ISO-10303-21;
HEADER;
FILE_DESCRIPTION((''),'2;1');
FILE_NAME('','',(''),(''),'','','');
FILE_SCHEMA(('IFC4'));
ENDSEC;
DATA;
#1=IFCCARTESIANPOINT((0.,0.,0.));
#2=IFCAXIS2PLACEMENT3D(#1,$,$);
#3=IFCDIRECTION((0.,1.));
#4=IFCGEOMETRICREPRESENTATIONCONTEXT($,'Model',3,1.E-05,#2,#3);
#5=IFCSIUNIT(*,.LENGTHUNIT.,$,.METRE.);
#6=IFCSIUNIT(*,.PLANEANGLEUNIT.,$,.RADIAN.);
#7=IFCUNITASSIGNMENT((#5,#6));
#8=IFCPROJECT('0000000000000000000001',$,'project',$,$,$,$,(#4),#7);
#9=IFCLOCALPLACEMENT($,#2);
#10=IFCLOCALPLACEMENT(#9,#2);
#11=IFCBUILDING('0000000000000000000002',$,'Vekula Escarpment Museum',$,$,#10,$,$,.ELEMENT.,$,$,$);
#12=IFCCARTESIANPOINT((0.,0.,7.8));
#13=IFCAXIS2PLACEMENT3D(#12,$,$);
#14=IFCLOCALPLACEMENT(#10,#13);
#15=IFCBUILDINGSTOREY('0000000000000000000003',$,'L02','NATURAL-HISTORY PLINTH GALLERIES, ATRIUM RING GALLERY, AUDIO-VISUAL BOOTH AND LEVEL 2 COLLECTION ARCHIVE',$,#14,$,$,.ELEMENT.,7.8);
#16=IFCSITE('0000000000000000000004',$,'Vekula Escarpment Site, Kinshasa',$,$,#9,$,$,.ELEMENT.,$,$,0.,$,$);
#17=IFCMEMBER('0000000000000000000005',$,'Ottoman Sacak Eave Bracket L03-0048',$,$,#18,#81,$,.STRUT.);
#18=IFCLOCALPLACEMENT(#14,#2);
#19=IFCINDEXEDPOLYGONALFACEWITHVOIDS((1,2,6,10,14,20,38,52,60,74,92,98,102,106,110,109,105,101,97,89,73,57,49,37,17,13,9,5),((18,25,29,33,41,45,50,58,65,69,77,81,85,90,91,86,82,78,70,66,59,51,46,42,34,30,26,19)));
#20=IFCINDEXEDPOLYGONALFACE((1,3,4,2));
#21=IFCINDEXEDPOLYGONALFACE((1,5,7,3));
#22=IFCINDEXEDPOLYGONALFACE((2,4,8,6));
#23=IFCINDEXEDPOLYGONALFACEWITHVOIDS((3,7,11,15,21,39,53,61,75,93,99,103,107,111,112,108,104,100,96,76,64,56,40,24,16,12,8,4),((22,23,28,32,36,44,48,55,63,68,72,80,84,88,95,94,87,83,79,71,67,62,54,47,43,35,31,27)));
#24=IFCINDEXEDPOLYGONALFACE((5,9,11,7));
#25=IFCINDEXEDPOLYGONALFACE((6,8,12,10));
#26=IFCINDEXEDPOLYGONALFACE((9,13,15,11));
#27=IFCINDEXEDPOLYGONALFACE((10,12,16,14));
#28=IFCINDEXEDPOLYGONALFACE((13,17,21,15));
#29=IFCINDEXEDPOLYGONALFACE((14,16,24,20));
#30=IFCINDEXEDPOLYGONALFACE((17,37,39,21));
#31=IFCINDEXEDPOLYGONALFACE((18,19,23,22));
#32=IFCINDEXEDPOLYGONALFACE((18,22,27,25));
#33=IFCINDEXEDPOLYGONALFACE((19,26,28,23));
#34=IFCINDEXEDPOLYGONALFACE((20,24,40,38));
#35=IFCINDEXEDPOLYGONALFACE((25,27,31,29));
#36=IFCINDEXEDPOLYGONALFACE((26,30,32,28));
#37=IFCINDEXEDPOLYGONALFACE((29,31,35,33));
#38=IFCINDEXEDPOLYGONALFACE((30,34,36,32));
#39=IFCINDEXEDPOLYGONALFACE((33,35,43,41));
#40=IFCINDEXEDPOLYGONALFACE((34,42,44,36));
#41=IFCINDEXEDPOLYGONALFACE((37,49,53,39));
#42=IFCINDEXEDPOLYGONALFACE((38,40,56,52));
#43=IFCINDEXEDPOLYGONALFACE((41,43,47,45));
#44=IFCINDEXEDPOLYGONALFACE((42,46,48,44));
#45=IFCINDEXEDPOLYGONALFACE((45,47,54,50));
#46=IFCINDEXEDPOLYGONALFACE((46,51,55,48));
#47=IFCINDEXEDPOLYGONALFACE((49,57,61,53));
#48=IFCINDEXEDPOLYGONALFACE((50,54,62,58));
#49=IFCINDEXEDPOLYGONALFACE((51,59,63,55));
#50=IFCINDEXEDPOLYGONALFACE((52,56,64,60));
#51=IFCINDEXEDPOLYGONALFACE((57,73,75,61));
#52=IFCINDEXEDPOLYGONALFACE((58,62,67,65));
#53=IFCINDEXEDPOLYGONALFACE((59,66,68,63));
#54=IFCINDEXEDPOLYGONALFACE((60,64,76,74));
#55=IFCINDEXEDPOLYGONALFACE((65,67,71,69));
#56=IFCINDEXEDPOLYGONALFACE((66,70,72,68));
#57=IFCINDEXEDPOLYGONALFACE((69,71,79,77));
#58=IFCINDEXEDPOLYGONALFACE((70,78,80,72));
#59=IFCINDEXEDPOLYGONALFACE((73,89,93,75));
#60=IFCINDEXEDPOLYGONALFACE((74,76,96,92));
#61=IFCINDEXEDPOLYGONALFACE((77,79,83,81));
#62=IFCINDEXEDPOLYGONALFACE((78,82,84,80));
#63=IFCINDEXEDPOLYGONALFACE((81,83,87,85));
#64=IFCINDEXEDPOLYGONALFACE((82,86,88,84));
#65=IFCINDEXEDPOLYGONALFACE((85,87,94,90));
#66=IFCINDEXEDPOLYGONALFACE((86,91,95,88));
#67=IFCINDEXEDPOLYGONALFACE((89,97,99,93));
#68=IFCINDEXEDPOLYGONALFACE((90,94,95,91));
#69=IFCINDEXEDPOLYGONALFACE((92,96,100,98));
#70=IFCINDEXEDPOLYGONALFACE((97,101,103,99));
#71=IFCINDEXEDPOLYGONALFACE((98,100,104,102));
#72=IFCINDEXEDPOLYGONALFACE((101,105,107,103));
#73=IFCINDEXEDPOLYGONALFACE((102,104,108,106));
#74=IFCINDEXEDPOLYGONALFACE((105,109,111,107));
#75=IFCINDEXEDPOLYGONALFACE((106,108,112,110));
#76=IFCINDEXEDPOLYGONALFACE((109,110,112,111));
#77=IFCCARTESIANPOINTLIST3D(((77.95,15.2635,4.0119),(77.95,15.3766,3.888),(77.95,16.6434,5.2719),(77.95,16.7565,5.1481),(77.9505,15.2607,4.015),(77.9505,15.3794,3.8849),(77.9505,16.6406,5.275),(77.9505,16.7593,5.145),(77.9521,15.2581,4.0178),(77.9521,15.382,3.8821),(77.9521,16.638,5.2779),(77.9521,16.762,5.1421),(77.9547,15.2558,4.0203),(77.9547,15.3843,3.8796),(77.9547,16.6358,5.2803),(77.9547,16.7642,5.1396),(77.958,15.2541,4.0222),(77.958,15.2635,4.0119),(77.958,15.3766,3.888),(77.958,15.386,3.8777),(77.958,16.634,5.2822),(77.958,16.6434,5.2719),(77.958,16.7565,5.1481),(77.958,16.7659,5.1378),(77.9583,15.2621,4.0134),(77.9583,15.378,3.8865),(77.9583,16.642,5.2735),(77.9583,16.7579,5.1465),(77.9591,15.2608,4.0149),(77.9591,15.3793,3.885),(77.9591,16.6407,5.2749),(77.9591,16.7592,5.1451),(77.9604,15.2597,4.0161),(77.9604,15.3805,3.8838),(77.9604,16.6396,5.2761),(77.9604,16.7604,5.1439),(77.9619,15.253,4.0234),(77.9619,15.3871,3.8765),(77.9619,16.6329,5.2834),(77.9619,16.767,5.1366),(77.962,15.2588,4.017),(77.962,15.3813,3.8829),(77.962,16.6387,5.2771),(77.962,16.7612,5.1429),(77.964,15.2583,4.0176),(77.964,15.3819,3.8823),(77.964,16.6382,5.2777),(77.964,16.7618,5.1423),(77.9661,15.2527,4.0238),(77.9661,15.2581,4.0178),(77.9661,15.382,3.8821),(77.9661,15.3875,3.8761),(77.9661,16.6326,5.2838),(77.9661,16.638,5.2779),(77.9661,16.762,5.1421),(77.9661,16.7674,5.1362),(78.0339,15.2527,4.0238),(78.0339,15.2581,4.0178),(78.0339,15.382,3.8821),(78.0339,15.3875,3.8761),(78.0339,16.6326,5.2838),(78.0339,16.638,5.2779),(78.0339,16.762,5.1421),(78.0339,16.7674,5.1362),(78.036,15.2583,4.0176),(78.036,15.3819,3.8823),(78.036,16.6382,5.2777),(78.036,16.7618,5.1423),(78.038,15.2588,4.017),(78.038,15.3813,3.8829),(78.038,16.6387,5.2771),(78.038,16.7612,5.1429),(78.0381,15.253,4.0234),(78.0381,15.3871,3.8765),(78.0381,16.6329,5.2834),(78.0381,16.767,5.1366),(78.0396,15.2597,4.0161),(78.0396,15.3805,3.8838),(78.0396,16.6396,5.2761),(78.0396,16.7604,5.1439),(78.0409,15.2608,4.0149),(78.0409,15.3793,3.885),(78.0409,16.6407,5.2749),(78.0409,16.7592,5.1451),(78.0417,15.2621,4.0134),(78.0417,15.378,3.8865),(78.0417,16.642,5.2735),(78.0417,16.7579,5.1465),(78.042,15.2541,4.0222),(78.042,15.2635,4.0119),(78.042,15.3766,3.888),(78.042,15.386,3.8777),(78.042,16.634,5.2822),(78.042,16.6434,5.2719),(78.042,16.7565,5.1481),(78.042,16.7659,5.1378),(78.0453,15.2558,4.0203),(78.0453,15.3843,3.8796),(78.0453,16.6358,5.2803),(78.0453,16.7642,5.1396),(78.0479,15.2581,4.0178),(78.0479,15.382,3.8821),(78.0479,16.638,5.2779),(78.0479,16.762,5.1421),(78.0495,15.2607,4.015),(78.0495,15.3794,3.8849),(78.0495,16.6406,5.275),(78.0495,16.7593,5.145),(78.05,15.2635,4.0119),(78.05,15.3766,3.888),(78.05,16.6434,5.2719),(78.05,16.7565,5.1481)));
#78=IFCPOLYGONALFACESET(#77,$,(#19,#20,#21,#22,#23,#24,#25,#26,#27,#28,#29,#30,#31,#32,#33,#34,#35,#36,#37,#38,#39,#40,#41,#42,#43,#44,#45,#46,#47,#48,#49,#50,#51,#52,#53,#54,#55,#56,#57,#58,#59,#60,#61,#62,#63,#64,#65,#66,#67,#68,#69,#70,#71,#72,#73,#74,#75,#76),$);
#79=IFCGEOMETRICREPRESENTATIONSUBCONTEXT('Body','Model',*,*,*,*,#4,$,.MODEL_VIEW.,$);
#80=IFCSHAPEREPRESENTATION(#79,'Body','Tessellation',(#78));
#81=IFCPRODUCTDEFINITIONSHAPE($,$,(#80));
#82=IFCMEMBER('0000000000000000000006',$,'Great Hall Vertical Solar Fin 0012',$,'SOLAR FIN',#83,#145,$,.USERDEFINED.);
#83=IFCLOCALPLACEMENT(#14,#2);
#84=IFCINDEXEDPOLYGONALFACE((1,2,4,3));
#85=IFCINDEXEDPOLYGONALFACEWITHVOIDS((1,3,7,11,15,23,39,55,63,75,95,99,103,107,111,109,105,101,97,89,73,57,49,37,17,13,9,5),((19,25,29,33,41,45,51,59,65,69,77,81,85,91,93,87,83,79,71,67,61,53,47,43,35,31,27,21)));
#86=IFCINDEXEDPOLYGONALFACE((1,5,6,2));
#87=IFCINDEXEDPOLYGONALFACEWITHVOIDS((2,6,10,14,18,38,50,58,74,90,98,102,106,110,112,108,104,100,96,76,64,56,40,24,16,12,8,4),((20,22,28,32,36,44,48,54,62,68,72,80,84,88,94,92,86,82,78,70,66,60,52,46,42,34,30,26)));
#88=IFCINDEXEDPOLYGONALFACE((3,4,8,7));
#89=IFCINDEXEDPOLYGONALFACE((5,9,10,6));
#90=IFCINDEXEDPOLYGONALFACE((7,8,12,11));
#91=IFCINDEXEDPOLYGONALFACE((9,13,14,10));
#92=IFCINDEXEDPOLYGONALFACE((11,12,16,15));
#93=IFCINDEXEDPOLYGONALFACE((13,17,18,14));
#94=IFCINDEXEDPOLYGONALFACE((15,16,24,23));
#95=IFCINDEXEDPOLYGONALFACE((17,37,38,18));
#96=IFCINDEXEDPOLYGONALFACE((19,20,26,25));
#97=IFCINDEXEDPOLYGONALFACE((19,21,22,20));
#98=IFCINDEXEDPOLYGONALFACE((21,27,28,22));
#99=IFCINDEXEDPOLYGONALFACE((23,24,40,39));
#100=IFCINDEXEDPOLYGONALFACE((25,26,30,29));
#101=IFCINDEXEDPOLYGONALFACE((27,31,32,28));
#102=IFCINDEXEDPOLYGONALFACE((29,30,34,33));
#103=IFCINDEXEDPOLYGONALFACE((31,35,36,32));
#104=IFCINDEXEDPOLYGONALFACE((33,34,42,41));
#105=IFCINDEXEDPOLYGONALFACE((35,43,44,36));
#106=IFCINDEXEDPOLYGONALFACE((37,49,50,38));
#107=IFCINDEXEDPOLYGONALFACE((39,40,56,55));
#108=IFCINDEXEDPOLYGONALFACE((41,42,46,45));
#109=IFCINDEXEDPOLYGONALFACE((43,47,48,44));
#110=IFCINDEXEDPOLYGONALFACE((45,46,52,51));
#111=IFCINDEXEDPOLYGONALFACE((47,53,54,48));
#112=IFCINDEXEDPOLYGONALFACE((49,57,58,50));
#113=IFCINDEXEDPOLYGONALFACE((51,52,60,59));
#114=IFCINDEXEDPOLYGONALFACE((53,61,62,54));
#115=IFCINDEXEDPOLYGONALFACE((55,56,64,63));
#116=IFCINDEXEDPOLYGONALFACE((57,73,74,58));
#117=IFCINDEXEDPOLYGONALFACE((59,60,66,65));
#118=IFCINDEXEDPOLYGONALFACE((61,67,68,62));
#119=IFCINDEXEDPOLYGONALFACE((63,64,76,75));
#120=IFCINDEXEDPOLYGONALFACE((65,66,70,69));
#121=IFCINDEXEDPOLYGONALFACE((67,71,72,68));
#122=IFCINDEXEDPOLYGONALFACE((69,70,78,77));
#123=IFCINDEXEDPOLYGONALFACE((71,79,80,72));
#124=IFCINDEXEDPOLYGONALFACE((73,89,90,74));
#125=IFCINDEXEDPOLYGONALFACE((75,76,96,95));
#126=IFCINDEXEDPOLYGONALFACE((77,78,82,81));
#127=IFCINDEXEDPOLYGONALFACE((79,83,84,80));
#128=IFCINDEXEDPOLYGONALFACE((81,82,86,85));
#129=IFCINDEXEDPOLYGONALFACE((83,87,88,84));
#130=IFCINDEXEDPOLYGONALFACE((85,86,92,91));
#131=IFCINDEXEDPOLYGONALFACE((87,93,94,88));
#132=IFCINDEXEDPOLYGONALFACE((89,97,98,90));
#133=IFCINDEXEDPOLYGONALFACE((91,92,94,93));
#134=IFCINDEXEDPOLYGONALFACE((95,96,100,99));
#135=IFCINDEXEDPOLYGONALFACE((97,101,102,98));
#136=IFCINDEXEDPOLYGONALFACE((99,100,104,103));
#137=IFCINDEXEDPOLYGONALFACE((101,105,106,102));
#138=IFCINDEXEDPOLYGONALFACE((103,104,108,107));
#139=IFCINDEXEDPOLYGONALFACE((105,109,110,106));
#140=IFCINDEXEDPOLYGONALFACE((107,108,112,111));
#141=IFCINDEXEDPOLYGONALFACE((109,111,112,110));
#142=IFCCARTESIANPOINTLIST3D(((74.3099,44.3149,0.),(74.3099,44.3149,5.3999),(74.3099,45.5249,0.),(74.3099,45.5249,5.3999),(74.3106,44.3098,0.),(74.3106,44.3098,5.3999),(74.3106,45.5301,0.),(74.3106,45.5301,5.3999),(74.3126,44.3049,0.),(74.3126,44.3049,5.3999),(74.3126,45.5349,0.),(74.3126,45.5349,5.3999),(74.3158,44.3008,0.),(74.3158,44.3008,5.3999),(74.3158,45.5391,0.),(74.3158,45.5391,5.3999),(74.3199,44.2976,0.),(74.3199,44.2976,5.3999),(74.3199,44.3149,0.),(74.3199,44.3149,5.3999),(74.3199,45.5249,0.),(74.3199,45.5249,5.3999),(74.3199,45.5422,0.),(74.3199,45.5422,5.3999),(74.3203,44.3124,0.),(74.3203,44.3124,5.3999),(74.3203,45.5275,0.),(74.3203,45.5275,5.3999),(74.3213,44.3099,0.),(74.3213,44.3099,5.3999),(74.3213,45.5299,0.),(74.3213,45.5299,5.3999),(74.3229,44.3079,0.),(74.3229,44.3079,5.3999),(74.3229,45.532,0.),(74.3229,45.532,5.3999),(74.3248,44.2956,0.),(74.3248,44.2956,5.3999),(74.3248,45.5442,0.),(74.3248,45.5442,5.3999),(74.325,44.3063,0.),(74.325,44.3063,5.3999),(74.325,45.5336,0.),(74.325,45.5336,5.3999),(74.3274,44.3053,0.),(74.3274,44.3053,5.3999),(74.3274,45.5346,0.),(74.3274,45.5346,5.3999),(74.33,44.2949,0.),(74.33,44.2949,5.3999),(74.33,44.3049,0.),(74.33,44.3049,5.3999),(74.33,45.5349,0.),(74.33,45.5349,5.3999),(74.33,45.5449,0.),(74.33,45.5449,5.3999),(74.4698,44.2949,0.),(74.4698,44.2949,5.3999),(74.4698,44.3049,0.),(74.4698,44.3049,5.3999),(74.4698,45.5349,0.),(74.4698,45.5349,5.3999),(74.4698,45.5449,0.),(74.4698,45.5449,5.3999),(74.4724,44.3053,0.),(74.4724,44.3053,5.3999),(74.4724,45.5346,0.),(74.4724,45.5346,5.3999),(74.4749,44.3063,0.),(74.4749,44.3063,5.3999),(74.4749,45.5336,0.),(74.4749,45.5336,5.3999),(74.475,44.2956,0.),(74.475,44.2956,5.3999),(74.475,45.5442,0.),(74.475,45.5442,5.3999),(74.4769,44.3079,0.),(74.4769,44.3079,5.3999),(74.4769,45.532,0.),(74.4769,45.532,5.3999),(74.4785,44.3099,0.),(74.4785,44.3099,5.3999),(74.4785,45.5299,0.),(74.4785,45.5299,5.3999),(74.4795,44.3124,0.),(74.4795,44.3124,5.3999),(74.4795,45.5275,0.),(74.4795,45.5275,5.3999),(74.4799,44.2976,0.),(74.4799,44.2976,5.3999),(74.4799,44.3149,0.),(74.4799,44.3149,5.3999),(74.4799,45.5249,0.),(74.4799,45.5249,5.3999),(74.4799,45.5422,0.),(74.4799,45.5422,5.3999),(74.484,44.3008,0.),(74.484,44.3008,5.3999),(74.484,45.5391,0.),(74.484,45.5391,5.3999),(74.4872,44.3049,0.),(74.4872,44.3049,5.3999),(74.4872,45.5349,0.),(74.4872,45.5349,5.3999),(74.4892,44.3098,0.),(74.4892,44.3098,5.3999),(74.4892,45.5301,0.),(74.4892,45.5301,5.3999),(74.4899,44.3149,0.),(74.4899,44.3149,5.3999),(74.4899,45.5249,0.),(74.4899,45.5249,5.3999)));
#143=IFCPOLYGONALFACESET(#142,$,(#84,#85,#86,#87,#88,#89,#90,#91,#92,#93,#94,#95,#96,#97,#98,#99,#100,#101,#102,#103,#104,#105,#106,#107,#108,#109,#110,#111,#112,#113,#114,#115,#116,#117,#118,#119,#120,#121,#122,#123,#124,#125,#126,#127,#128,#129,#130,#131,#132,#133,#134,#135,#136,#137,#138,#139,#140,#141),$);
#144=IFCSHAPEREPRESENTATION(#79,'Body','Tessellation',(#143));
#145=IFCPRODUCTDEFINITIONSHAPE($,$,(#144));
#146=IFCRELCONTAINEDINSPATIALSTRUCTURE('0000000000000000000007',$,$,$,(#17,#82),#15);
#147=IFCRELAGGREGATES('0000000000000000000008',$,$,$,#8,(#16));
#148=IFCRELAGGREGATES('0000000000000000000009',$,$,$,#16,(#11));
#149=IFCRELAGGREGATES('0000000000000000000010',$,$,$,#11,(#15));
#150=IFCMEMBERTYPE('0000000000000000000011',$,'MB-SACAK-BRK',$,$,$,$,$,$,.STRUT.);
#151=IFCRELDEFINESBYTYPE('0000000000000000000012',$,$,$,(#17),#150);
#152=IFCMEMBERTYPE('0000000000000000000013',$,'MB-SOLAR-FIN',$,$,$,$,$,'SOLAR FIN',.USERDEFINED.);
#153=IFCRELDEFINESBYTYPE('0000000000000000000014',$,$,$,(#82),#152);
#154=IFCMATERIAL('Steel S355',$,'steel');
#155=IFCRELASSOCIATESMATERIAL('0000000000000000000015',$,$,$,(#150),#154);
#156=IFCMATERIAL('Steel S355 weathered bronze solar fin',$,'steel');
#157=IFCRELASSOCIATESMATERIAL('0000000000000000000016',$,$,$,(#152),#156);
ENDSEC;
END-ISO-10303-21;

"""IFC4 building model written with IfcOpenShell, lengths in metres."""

from ifc_helpers import new_model, si_unit, direction, frame, origin, origin_2d, place, context, subcontext, project, spatial, hollow_rectangle, extrude, material, material_profile, profile_set, type_object, element, save


model = new_model("IFC4")

# Units and contexts
model_context = context("Model", 3, precision=1e-05, world=origin(), true_north=direction((0.0, 1.0)))
body_context = subcontext(model_context, "Body", "Model", "MODEL_VIEW")
ifc_project = project(units=[si_unit("LENGTHUNIT", "METRE"), si_unit("PLANEANGLEUNIT", "RADIAN")], contexts=[model_context])

# Site, building, storey
site_placement = place(None, origin())
site = spatial("IfcSite", under=ifc_project, at=site_placement, Name="Vekula Escarpment Site, Kinshasa", CompositionType="ELEMENT", RefElevation=0.0)
building_placement = place(site_placement, origin())
building = spatial("IfcBuilding", under=site, at=building_placement, Name="Vekula Escarpment Museum", CompositionType="ELEMENT")
storey_placement = place(building_placement, frame((0.0, 0.0, 7.8)))
storey = spatial("IfcBuildingStorey", under=building, at=storey_placement, Name="L02", Description="NATURAL-HISTORY PLINTH GALLERIES, ATRIUM RING GALLERY, AUDIO-VISUAL BOOTH AND LEVEL 2 COLLECTION ARCHIVE", CompositionType="ELEMENT", Elevation=7.8)

# Members
ifc_material_1 = material(Name="Steel S355", Category="steel")
ifc_material_profile_1 = material_profile(ifc_material_1, hollow_rectangle(XDim=0.1001, YDim=0.2, WallThickness=0.0081, InnerFilletRadius=0.0081, OuterFilletRadius=0.0161, at=origin_2d()), Name="RHS 200x100x8")
ifc_profile_set_1 = profile_set([ifc_material_profile_1], Name="Steel S355")
member_type_1 = type_object("IfcMemberType", Name="MB-SACAK-BRK", PredefinedType="STRUT", material=ifc_profile_set_1)
member_1_placement = place(storey_placement, frame((78.0, 15.3201, 3.95), z_axis=(0.0, 0.738454, 0.674303), x_axis=(-1.0, 0.0, 0.0)))
element("IfcMember", 1, at=member_1_placement, inside=storey, type_object=member_type_1, Name="Ottoman Sacak Eave Bracket L03-0048", PredefinedType="STRUT", context=body_context, shape_type="SweptSolid", body=[
    extrude(hollow_rectangle(XDim=0.1001, YDim=0.2, WallThickness=0.0081, InnerFilletRadius=0.0081, OuterFilletRadius=0.0161, at=origin_2d()), origin(), (0.0, 0.0, 1.0), 1.8687),
])
ifc_material_2 = material(Name="Steel S355 weathered bronze solar fin", Category="steel")
ifc_material_profile_2 = material_profile(ifc_material_2, hollow_rectangle(XDim=0.1799, YDim=1.25, WallThickness=0.01, InnerFilletRadius=0.01, OuterFilletRadius=0.02, at=origin_2d()), Name="RHS 1250x180x10")
ifc_profile_set_2 = profile_set([ifc_material_profile_2], Name="Steel S355 weathered bronze solar fin")
member_type_2 = type_object("IfcMemberType", Name="MB-SOLAR-FIN", ElementType="SOLAR FIN", PredefinedType="USERDEFINED", material=ifc_profile_set_2)
for number, where, z_axis, x_axis, name in (
    (2, (74.3999, 44.9199, 0.0), (0.0, 0.0, 1.0), (1.0, 0.0, 0.0), "Great Hall Vertical Solar Fin 0012"),
):
    element("IfcMember", number, at=place(storey_placement, frame(where, z_axis=z_axis, x_axis=x_axis)), inside=storey, type_object=member_type_2, Name=name, ObjectType="SOLAR FIN", PredefinedType="USERDEFINED", context=body_context, shape_type="SweptSolid", body=[
        extrude(hollow_rectangle(XDim=0.1799, YDim=1.25, WallThickness=0.01, InnerFilletRadius=0.01, OuterFilletRadius=0.02, at=origin_2d()), origin(), (0.0, 0.0, 1.0), 5.3999),
    ])

save(model, "model.ifc")
